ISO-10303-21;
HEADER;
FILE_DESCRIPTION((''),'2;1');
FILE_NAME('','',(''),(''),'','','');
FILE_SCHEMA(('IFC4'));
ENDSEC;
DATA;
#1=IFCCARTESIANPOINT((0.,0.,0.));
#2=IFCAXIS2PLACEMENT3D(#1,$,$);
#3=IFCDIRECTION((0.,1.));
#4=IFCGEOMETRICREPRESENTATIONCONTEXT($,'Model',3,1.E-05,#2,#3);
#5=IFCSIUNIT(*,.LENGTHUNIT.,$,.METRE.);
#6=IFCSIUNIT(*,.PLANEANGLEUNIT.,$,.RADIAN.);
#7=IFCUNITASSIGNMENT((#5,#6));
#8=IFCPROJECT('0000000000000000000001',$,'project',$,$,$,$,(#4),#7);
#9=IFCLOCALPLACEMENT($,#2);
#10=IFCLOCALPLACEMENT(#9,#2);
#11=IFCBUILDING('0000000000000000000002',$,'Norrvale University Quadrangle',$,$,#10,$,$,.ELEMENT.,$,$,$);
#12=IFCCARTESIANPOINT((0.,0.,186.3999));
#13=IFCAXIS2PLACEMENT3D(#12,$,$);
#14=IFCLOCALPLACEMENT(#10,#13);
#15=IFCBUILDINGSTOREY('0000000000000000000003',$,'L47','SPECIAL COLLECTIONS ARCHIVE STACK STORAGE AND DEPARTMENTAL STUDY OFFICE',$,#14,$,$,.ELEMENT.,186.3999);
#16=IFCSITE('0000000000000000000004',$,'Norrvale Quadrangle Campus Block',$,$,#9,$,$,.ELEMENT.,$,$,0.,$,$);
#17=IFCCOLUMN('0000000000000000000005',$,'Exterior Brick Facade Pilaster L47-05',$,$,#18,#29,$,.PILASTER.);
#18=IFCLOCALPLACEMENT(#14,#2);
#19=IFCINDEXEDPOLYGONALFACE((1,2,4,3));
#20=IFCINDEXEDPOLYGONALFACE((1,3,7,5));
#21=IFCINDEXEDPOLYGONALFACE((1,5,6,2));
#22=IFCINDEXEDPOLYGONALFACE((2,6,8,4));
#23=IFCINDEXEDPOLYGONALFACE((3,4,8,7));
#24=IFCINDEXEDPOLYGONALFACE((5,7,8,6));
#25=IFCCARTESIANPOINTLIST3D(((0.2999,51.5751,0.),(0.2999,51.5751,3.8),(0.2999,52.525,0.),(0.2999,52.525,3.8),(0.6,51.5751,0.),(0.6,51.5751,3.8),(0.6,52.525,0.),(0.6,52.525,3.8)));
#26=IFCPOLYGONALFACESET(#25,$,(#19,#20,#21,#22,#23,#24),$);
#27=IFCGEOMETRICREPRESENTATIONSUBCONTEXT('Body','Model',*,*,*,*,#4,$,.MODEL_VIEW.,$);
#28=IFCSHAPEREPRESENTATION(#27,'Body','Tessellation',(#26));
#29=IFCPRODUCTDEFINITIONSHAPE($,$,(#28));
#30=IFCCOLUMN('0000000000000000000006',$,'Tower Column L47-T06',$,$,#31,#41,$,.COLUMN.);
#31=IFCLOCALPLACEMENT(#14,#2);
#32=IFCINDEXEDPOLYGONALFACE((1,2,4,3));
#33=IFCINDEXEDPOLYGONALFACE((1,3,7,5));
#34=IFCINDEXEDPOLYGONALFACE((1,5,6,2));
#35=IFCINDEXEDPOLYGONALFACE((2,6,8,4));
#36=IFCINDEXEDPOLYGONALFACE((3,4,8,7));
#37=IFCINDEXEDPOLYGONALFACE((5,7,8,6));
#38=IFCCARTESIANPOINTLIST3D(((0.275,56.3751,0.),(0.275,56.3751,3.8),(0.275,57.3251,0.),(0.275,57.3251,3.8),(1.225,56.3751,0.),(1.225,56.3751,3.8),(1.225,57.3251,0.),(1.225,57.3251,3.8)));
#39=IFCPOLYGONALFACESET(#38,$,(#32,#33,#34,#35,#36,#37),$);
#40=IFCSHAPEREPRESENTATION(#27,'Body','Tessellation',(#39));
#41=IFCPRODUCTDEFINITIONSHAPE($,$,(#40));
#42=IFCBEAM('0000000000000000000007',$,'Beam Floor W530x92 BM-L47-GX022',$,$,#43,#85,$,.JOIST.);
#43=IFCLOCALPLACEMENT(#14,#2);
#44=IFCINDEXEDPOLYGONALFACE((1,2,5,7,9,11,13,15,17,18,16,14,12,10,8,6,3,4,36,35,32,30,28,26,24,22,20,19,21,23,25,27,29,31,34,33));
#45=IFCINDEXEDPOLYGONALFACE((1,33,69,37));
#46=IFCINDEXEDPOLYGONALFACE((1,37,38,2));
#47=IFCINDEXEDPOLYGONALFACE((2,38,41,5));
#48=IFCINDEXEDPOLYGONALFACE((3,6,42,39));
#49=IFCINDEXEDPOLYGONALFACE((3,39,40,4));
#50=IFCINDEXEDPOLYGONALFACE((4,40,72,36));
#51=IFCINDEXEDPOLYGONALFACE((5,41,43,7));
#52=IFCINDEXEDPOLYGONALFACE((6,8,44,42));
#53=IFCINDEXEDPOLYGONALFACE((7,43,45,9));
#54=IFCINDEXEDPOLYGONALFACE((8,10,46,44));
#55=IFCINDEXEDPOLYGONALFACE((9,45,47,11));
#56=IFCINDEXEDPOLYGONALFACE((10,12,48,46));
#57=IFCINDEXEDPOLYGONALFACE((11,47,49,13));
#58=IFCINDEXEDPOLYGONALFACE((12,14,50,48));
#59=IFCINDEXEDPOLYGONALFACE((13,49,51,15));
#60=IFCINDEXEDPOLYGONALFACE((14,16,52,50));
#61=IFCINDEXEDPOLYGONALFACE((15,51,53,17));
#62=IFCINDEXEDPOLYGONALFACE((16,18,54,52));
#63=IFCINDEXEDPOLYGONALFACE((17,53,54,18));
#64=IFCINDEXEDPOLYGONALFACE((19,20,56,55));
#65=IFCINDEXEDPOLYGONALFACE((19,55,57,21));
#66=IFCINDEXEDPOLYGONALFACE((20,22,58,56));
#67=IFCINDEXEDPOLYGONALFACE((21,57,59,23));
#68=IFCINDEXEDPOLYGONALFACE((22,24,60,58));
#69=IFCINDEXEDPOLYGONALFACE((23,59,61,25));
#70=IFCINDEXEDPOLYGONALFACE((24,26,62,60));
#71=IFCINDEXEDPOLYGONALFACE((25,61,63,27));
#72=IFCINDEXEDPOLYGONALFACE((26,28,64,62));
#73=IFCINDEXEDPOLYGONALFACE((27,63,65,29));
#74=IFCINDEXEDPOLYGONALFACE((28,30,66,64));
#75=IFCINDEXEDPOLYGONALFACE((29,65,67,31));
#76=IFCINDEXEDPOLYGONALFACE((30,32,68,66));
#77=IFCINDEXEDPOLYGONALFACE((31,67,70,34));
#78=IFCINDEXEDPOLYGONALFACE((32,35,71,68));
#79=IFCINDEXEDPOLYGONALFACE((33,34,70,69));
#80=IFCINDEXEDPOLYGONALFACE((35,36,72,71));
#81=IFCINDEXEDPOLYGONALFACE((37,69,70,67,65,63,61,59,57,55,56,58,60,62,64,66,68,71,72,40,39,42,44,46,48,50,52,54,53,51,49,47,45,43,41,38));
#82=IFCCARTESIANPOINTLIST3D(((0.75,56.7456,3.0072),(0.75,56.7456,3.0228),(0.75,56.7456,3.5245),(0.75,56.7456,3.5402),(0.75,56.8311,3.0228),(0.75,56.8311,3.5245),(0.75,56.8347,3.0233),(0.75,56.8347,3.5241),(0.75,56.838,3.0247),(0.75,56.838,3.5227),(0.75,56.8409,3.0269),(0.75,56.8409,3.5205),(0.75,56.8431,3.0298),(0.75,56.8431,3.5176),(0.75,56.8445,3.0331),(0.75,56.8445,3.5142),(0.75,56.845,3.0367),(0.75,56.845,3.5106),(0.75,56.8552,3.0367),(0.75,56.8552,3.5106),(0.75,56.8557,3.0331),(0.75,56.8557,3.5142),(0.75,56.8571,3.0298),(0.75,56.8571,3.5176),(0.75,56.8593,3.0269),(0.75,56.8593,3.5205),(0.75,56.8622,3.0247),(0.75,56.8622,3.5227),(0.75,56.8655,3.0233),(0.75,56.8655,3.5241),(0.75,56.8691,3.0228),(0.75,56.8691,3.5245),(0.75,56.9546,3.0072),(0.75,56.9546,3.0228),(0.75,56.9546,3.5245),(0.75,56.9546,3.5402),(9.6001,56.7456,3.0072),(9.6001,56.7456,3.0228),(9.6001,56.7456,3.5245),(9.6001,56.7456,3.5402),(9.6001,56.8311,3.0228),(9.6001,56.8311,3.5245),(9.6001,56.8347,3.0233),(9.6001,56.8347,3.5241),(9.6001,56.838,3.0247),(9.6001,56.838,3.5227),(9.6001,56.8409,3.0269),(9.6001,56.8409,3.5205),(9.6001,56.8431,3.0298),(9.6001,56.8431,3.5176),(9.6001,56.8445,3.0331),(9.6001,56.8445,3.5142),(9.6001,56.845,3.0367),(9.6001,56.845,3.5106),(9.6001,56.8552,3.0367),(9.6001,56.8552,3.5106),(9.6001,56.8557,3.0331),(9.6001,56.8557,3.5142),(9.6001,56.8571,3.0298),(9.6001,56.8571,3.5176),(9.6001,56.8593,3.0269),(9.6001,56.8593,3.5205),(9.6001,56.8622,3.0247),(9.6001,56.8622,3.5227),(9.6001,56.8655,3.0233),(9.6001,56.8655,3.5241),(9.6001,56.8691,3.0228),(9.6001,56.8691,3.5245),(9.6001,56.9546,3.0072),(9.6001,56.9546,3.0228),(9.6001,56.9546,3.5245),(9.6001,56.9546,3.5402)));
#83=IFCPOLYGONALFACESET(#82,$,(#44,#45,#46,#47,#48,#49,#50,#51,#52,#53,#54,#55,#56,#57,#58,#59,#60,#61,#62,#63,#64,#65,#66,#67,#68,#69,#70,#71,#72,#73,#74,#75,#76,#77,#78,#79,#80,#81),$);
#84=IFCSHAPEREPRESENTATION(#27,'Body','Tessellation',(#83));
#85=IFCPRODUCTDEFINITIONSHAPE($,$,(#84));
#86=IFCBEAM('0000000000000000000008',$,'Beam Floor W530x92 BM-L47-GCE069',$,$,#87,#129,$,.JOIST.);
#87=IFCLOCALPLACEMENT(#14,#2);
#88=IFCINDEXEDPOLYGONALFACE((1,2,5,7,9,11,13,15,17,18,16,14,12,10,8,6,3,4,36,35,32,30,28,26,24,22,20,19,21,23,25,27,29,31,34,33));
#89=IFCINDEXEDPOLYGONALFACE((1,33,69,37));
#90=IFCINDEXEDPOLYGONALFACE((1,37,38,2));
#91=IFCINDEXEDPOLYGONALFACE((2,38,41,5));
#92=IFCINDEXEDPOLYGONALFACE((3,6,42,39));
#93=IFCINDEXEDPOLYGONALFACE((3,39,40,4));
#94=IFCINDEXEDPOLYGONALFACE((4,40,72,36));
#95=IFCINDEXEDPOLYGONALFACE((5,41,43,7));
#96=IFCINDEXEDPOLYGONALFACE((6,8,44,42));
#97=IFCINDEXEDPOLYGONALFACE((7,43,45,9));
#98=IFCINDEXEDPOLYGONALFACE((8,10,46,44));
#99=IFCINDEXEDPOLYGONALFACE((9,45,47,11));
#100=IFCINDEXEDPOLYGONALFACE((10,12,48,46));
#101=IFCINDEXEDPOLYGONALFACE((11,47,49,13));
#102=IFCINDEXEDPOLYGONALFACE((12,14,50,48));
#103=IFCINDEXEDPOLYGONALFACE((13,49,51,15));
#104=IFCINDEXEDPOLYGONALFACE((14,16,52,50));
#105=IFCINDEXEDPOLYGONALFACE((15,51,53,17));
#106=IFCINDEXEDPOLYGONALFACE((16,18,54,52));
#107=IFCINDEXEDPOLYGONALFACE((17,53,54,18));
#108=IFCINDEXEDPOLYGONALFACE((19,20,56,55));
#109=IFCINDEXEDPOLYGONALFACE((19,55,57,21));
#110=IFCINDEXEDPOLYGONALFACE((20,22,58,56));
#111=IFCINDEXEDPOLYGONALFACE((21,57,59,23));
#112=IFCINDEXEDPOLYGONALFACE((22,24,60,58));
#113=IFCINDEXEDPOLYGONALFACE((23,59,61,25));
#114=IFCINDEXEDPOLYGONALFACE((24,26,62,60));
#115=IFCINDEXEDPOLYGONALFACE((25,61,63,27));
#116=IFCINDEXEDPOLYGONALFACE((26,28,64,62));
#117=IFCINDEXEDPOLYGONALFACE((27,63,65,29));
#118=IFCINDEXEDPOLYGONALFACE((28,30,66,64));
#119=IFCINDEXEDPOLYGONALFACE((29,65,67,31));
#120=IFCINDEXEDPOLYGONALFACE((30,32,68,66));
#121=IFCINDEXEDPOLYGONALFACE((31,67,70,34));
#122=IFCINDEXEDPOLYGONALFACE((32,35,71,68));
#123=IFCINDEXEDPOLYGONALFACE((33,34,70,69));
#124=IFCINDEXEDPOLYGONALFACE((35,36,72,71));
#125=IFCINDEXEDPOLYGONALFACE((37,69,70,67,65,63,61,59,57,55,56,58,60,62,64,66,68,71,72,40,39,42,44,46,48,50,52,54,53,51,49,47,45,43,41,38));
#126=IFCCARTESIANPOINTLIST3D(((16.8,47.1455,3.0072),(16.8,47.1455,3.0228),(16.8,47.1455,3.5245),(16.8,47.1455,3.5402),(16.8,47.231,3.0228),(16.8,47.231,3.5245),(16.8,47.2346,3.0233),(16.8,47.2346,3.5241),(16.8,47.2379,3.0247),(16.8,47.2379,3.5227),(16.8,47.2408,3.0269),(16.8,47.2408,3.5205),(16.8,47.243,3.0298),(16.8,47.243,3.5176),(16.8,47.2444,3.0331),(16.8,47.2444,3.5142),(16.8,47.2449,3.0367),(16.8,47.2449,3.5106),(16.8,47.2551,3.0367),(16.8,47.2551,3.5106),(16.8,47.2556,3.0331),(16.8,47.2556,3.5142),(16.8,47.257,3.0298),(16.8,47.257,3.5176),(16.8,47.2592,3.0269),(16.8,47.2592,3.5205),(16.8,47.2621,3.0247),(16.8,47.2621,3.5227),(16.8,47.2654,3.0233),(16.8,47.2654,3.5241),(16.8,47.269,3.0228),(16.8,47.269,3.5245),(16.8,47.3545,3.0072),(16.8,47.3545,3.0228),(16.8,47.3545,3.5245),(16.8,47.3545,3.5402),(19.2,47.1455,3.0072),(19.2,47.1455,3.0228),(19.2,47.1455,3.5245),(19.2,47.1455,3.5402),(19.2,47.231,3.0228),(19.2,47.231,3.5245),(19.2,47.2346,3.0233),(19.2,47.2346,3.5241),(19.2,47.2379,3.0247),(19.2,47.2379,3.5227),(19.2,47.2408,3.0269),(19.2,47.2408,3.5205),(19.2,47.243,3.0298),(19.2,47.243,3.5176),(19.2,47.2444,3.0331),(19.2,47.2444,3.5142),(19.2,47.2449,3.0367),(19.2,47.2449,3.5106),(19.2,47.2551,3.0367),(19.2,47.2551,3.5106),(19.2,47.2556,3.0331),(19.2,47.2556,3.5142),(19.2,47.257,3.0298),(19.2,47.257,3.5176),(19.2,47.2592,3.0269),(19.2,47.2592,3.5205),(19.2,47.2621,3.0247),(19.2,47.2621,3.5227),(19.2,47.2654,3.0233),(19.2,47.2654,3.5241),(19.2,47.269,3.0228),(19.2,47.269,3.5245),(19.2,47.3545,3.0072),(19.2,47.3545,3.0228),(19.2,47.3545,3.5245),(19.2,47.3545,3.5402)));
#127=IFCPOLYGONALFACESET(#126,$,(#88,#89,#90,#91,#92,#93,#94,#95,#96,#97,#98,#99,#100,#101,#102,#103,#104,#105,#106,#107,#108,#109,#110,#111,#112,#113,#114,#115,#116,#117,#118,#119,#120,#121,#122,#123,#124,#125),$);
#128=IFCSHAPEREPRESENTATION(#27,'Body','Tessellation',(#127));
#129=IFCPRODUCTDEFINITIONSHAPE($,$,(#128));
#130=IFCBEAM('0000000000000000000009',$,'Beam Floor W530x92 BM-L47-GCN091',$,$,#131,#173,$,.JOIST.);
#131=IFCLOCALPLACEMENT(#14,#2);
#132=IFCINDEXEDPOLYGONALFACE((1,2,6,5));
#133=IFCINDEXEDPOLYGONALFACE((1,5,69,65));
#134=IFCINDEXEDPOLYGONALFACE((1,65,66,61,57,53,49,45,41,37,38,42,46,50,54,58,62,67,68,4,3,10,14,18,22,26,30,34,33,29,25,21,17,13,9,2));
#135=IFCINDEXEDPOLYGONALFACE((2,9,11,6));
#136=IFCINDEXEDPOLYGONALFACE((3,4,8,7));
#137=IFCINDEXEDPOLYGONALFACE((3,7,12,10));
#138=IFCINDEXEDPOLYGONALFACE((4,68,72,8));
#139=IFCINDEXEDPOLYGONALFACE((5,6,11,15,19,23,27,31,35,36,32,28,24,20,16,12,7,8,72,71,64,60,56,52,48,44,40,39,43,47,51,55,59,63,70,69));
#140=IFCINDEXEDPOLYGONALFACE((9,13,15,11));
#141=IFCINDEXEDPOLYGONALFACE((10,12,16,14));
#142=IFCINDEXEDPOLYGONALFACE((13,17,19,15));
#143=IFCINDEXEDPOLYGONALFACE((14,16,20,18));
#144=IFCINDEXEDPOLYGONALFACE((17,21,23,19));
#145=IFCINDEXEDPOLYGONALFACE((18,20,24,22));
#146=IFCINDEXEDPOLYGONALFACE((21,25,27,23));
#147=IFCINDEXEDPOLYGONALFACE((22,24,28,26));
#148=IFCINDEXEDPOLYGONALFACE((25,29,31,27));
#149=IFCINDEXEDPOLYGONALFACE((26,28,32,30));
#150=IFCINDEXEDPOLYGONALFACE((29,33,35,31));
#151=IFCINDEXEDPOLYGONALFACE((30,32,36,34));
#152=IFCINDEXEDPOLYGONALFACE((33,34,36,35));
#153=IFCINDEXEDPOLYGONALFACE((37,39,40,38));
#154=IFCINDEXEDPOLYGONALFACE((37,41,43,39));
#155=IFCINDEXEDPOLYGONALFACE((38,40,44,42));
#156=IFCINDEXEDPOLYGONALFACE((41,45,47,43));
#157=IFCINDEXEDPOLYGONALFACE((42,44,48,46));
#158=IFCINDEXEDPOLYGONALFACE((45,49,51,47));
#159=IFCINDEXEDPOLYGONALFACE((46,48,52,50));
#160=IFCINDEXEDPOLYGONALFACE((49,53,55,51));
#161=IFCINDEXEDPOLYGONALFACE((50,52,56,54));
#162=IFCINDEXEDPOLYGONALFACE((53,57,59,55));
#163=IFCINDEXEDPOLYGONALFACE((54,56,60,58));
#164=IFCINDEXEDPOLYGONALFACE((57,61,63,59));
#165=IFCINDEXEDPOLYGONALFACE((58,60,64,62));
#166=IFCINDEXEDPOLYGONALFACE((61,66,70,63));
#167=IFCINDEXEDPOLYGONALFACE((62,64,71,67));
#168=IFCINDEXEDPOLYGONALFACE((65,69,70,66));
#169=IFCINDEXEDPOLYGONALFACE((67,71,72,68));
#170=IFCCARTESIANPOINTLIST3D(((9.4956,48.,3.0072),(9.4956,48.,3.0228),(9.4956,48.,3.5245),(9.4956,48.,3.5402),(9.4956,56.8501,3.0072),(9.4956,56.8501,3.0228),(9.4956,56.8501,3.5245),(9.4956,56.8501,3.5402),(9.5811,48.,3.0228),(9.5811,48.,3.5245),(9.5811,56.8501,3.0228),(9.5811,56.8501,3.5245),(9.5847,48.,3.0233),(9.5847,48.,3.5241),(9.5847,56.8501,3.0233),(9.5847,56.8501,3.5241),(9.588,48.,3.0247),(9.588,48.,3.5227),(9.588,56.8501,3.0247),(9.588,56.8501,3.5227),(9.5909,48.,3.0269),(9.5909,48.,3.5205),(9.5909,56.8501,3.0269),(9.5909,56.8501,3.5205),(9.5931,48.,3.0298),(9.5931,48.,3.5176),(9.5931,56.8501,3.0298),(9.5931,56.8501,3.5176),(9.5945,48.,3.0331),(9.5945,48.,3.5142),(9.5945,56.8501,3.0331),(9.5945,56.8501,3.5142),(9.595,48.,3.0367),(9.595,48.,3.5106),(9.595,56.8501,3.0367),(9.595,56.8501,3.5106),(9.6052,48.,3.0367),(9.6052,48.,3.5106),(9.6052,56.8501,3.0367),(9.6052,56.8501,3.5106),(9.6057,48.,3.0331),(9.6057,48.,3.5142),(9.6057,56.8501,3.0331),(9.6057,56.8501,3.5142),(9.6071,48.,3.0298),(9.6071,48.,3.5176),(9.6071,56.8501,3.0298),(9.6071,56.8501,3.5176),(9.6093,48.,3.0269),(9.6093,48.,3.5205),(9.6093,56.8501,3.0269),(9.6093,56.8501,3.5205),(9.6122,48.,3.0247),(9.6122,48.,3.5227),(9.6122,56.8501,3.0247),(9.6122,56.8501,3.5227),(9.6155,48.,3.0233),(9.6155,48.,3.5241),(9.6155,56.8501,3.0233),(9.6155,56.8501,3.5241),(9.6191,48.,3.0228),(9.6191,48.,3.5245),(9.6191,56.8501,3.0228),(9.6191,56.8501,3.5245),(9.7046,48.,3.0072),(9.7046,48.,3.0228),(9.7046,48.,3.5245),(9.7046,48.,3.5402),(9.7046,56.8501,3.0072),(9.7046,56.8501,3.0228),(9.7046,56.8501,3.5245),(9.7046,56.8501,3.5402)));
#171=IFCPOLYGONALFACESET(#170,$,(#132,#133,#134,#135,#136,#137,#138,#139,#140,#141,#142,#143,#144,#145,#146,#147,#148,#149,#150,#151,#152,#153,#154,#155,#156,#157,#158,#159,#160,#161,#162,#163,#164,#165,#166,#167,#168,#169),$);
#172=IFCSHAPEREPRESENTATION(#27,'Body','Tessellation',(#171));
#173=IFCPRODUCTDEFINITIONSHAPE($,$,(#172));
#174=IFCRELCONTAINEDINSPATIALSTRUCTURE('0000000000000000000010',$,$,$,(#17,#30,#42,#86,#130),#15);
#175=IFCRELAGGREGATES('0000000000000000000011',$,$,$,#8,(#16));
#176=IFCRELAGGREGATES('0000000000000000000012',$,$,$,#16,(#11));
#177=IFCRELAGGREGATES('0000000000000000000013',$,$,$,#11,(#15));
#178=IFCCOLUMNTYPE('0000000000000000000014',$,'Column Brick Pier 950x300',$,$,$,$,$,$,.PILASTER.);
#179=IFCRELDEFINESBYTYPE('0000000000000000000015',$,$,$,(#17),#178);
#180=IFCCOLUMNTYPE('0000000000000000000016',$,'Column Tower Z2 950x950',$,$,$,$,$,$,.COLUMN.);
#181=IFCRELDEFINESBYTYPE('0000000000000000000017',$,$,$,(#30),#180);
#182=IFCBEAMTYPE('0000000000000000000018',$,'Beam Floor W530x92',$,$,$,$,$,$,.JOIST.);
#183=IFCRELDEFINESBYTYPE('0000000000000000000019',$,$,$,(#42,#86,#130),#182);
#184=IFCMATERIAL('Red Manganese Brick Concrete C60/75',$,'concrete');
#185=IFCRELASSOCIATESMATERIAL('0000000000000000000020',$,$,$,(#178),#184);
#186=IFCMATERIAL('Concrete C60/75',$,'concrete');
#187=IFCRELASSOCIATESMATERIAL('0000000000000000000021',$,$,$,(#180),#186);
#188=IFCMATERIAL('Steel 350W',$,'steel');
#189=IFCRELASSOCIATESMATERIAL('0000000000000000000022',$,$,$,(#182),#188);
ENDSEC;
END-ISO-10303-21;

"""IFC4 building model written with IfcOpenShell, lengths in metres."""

from ifc_helpers import new_model, si_unit, direction, frame, origin, origin_2d, place, context, subcontext, project, spatial, rectangle, i_section, extrude, material, material_profile, profile_set, type_object, element, save


model = new_model("IFC4")

# Units and contexts
model_context = context("Model", 3, precision=1e-05, world=origin(), true_north=direction((0.0, 1.0)))
body_context = subcontext(model_context, "Body", "Model", "MODEL_VIEW")
ifc_project = project(units=[si_unit("LENGTHUNIT", "METRE"), si_unit("PLANEANGLEUNIT", "RADIAN")], contexts=[model_context])

# Site, building, storey
site_placement = place(None, origin())
site = spatial("IfcSite", under=ifc_project, at=site_placement, Name="Norrvale Quadrangle Campus Block", CompositionType="ELEMENT", RefElevation=0.0)
building_placement = place(site_placement, origin())
building = spatial("IfcBuilding", under=site, at=building_placement, Name="Norrvale University Quadrangle", CompositionType="ELEMENT")
storey_placement = place(building_placement, frame((0.0, 0.0, 186.3999)))
storey = spatial("IfcBuildingStorey", under=building, at=storey_placement, Name="L47", Description="SPECIAL COLLECTIONS ARCHIVE STACK STORAGE AND DEPARTMENTAL STUDY OFFICE", CompositionType="ELEMENT", Elevation=186.3999)

# Columns
ifc_material_1 = material(Name="Red Manganese Brick Concrete C60/75", Category="concrete")
ifc_material_profile_1 = material_profile(ifc_material_1, rectangle(XDim=0.95, YDim=0.3, at=origin_2d()), Name="Red Manganese Brick Concrete C60/75")
ifc_profile_set_1 = profile_set([ifc_material_profile_1], Name="Red Manganese Brick Concrete C60/75")
column_type_1 = type_object("IfcColumnType", Name="Column Brick Pier 950x300", PredefinedType="PILASTER", material=ifc_profile_set_1)
column_1_placement = place(storey_placement, frame((0.45, 52.05, 0.0), z_axis=(0.0, 0.0, 1.0), x_axis=(0.0, 1.0, 0.0)))
element("IfcColumn", 1, at=column_1_placement, inside=storey, type_object=column_type_1, Name="Exterior Brick Facade Pilaster L47-05", PredefinedType="PILASTER", context=body_context, shape_type="SweptSolid", body=[
    extrude(rectangle(XDim=0.95, YDim=0.3, at=origin_2d()), origin(), (0.0, 0.0, 1.0), 3.8),
])
ifc_material_2 = material(Name="Concrete C60/75", Category="concrete")
ifc_material_profile_2 = material_profile(ifc_material_2, rectangle(XDim=0.95, YDim=0.95, at=origin_2d()), Name="Concrete C60/75")
ifc_profile_set_2 = profile_set([ifc_material_profile_2], Name="Concrete C60/75")
column_type_2 = type_object("IfcColumnType", Name="Column Tower Z2 950x950", PredefinedType="COLUMN", material=ifc_profile_set_2)
column_2_placement = place(storey_placement, frame((0.75, 56.8501, 0.0), z_axis=(0.0, 0.0, 1.0), x_axis=(1.0, 0.0, 0.0)))
element("IfcColumn", 2, at=column_2_placement, inside=storey, type_object=column_type_2, Name="Tower Column L47-T06", PredefinedType="COLUMN", context=body_context, shape_type="SweptSolid", body=[
    extrude(rectangle(XDim=0.95, YDim=0.95, at=origin_2d()), origin(), (0.0, 0.0, 1.0), 3.8),
])

# Beams
ifc_material_3 = material(Name="Steel 350W", Category="steel")
ifc_material_profile_3 = material_profile(ifc_material_3, i_section(OverallWidth=0.209, OverallDepth=0.533, WebThickness=0.0103, FlangeThickness=0.0156, FilletRadius=0.0139, at=origin_2d()), Name="Steel 350W")
ifc_profile_set_3 = profile_set([ifc_material_profile_3], Name="Steel 350W")
beam_type_1 = type_object("IfcBeamType", Name="Beam Floor W530x92", PredefinedType="JOIST", material=ifc_profile_set_3)
beam_1_placement = place(storey_placement, frame((0.75, 56.8501, 3.2737), z_axis=(1.0, 0.0, 0.0), x_axis=(0.0, 1.0, 0.0)))
element("IfcBeam", 3, at=beam_1_placement, inside=storey, type_object=beam_type_1, Name="Beam Floor W530x92 BM-L47-GX022", PredefinedType="JOIST", context=body_context, shape_type="SweptSolid", body=[
    extrude(i_section(OverallWidth=0.209, OverallDepth=0.533, WebThickness=0.0103, FlangeThickness=0.0156, FilletRadius=0.0139, at=origin_2d()), origin(), (0.0, 0.0, 1.0), 8.8501),
])
beam_2_placement = place(storey_placement, frame((16.8, 47.25, 3.2737), z_axis=(1.0, 0.0, 0.0), x_axis=(0.0, 1.0, 0.0)))
element("IfcBeam", 4, at=beam_2_placement, inside=storey, type_object=beam_type_1, Name="Beam Floor W530x92 BM-L47-GCE069", PredefinedType="JOIST", context=body_context, shape_type="SweptSolid", body=[
    extrude(i_section(OverallWidth=0.209, OverallDepth=0.533, WebThickness=0.0103, FlangeThickness=0.0156, FilletRadius=0.0139, at=origin_2d()), origin(), (0.0, 0.0, 1.0), 2.3999),
])
beam_3_placement = place(storey_placement, frame((9.6001, 48.0, 3.2737), z_axis=(0.0, 1.0, 0.0), x_axis=(-1.0, 0.0, 0.0)))
element("IfcBeam", 5, at=beam_3_placement, inside=storey, type_object=beam_type_1, Name="Beam Floor W530x92 BM-L47-GCN091", PredefinedType="JOIST", context=body_context, shape_type="SweptSolid", body=[
    extrude(i_section(OverallWidth=0.209, OverallDepth=0.533, WebThickness=0.0103, FlangeThickness=0.0156, FilletRadius=0.0139, at=origin_2d()), origin(), (0.0, 0.0, 1.0), 8.8501),
])

save(model, "model.ifc")
